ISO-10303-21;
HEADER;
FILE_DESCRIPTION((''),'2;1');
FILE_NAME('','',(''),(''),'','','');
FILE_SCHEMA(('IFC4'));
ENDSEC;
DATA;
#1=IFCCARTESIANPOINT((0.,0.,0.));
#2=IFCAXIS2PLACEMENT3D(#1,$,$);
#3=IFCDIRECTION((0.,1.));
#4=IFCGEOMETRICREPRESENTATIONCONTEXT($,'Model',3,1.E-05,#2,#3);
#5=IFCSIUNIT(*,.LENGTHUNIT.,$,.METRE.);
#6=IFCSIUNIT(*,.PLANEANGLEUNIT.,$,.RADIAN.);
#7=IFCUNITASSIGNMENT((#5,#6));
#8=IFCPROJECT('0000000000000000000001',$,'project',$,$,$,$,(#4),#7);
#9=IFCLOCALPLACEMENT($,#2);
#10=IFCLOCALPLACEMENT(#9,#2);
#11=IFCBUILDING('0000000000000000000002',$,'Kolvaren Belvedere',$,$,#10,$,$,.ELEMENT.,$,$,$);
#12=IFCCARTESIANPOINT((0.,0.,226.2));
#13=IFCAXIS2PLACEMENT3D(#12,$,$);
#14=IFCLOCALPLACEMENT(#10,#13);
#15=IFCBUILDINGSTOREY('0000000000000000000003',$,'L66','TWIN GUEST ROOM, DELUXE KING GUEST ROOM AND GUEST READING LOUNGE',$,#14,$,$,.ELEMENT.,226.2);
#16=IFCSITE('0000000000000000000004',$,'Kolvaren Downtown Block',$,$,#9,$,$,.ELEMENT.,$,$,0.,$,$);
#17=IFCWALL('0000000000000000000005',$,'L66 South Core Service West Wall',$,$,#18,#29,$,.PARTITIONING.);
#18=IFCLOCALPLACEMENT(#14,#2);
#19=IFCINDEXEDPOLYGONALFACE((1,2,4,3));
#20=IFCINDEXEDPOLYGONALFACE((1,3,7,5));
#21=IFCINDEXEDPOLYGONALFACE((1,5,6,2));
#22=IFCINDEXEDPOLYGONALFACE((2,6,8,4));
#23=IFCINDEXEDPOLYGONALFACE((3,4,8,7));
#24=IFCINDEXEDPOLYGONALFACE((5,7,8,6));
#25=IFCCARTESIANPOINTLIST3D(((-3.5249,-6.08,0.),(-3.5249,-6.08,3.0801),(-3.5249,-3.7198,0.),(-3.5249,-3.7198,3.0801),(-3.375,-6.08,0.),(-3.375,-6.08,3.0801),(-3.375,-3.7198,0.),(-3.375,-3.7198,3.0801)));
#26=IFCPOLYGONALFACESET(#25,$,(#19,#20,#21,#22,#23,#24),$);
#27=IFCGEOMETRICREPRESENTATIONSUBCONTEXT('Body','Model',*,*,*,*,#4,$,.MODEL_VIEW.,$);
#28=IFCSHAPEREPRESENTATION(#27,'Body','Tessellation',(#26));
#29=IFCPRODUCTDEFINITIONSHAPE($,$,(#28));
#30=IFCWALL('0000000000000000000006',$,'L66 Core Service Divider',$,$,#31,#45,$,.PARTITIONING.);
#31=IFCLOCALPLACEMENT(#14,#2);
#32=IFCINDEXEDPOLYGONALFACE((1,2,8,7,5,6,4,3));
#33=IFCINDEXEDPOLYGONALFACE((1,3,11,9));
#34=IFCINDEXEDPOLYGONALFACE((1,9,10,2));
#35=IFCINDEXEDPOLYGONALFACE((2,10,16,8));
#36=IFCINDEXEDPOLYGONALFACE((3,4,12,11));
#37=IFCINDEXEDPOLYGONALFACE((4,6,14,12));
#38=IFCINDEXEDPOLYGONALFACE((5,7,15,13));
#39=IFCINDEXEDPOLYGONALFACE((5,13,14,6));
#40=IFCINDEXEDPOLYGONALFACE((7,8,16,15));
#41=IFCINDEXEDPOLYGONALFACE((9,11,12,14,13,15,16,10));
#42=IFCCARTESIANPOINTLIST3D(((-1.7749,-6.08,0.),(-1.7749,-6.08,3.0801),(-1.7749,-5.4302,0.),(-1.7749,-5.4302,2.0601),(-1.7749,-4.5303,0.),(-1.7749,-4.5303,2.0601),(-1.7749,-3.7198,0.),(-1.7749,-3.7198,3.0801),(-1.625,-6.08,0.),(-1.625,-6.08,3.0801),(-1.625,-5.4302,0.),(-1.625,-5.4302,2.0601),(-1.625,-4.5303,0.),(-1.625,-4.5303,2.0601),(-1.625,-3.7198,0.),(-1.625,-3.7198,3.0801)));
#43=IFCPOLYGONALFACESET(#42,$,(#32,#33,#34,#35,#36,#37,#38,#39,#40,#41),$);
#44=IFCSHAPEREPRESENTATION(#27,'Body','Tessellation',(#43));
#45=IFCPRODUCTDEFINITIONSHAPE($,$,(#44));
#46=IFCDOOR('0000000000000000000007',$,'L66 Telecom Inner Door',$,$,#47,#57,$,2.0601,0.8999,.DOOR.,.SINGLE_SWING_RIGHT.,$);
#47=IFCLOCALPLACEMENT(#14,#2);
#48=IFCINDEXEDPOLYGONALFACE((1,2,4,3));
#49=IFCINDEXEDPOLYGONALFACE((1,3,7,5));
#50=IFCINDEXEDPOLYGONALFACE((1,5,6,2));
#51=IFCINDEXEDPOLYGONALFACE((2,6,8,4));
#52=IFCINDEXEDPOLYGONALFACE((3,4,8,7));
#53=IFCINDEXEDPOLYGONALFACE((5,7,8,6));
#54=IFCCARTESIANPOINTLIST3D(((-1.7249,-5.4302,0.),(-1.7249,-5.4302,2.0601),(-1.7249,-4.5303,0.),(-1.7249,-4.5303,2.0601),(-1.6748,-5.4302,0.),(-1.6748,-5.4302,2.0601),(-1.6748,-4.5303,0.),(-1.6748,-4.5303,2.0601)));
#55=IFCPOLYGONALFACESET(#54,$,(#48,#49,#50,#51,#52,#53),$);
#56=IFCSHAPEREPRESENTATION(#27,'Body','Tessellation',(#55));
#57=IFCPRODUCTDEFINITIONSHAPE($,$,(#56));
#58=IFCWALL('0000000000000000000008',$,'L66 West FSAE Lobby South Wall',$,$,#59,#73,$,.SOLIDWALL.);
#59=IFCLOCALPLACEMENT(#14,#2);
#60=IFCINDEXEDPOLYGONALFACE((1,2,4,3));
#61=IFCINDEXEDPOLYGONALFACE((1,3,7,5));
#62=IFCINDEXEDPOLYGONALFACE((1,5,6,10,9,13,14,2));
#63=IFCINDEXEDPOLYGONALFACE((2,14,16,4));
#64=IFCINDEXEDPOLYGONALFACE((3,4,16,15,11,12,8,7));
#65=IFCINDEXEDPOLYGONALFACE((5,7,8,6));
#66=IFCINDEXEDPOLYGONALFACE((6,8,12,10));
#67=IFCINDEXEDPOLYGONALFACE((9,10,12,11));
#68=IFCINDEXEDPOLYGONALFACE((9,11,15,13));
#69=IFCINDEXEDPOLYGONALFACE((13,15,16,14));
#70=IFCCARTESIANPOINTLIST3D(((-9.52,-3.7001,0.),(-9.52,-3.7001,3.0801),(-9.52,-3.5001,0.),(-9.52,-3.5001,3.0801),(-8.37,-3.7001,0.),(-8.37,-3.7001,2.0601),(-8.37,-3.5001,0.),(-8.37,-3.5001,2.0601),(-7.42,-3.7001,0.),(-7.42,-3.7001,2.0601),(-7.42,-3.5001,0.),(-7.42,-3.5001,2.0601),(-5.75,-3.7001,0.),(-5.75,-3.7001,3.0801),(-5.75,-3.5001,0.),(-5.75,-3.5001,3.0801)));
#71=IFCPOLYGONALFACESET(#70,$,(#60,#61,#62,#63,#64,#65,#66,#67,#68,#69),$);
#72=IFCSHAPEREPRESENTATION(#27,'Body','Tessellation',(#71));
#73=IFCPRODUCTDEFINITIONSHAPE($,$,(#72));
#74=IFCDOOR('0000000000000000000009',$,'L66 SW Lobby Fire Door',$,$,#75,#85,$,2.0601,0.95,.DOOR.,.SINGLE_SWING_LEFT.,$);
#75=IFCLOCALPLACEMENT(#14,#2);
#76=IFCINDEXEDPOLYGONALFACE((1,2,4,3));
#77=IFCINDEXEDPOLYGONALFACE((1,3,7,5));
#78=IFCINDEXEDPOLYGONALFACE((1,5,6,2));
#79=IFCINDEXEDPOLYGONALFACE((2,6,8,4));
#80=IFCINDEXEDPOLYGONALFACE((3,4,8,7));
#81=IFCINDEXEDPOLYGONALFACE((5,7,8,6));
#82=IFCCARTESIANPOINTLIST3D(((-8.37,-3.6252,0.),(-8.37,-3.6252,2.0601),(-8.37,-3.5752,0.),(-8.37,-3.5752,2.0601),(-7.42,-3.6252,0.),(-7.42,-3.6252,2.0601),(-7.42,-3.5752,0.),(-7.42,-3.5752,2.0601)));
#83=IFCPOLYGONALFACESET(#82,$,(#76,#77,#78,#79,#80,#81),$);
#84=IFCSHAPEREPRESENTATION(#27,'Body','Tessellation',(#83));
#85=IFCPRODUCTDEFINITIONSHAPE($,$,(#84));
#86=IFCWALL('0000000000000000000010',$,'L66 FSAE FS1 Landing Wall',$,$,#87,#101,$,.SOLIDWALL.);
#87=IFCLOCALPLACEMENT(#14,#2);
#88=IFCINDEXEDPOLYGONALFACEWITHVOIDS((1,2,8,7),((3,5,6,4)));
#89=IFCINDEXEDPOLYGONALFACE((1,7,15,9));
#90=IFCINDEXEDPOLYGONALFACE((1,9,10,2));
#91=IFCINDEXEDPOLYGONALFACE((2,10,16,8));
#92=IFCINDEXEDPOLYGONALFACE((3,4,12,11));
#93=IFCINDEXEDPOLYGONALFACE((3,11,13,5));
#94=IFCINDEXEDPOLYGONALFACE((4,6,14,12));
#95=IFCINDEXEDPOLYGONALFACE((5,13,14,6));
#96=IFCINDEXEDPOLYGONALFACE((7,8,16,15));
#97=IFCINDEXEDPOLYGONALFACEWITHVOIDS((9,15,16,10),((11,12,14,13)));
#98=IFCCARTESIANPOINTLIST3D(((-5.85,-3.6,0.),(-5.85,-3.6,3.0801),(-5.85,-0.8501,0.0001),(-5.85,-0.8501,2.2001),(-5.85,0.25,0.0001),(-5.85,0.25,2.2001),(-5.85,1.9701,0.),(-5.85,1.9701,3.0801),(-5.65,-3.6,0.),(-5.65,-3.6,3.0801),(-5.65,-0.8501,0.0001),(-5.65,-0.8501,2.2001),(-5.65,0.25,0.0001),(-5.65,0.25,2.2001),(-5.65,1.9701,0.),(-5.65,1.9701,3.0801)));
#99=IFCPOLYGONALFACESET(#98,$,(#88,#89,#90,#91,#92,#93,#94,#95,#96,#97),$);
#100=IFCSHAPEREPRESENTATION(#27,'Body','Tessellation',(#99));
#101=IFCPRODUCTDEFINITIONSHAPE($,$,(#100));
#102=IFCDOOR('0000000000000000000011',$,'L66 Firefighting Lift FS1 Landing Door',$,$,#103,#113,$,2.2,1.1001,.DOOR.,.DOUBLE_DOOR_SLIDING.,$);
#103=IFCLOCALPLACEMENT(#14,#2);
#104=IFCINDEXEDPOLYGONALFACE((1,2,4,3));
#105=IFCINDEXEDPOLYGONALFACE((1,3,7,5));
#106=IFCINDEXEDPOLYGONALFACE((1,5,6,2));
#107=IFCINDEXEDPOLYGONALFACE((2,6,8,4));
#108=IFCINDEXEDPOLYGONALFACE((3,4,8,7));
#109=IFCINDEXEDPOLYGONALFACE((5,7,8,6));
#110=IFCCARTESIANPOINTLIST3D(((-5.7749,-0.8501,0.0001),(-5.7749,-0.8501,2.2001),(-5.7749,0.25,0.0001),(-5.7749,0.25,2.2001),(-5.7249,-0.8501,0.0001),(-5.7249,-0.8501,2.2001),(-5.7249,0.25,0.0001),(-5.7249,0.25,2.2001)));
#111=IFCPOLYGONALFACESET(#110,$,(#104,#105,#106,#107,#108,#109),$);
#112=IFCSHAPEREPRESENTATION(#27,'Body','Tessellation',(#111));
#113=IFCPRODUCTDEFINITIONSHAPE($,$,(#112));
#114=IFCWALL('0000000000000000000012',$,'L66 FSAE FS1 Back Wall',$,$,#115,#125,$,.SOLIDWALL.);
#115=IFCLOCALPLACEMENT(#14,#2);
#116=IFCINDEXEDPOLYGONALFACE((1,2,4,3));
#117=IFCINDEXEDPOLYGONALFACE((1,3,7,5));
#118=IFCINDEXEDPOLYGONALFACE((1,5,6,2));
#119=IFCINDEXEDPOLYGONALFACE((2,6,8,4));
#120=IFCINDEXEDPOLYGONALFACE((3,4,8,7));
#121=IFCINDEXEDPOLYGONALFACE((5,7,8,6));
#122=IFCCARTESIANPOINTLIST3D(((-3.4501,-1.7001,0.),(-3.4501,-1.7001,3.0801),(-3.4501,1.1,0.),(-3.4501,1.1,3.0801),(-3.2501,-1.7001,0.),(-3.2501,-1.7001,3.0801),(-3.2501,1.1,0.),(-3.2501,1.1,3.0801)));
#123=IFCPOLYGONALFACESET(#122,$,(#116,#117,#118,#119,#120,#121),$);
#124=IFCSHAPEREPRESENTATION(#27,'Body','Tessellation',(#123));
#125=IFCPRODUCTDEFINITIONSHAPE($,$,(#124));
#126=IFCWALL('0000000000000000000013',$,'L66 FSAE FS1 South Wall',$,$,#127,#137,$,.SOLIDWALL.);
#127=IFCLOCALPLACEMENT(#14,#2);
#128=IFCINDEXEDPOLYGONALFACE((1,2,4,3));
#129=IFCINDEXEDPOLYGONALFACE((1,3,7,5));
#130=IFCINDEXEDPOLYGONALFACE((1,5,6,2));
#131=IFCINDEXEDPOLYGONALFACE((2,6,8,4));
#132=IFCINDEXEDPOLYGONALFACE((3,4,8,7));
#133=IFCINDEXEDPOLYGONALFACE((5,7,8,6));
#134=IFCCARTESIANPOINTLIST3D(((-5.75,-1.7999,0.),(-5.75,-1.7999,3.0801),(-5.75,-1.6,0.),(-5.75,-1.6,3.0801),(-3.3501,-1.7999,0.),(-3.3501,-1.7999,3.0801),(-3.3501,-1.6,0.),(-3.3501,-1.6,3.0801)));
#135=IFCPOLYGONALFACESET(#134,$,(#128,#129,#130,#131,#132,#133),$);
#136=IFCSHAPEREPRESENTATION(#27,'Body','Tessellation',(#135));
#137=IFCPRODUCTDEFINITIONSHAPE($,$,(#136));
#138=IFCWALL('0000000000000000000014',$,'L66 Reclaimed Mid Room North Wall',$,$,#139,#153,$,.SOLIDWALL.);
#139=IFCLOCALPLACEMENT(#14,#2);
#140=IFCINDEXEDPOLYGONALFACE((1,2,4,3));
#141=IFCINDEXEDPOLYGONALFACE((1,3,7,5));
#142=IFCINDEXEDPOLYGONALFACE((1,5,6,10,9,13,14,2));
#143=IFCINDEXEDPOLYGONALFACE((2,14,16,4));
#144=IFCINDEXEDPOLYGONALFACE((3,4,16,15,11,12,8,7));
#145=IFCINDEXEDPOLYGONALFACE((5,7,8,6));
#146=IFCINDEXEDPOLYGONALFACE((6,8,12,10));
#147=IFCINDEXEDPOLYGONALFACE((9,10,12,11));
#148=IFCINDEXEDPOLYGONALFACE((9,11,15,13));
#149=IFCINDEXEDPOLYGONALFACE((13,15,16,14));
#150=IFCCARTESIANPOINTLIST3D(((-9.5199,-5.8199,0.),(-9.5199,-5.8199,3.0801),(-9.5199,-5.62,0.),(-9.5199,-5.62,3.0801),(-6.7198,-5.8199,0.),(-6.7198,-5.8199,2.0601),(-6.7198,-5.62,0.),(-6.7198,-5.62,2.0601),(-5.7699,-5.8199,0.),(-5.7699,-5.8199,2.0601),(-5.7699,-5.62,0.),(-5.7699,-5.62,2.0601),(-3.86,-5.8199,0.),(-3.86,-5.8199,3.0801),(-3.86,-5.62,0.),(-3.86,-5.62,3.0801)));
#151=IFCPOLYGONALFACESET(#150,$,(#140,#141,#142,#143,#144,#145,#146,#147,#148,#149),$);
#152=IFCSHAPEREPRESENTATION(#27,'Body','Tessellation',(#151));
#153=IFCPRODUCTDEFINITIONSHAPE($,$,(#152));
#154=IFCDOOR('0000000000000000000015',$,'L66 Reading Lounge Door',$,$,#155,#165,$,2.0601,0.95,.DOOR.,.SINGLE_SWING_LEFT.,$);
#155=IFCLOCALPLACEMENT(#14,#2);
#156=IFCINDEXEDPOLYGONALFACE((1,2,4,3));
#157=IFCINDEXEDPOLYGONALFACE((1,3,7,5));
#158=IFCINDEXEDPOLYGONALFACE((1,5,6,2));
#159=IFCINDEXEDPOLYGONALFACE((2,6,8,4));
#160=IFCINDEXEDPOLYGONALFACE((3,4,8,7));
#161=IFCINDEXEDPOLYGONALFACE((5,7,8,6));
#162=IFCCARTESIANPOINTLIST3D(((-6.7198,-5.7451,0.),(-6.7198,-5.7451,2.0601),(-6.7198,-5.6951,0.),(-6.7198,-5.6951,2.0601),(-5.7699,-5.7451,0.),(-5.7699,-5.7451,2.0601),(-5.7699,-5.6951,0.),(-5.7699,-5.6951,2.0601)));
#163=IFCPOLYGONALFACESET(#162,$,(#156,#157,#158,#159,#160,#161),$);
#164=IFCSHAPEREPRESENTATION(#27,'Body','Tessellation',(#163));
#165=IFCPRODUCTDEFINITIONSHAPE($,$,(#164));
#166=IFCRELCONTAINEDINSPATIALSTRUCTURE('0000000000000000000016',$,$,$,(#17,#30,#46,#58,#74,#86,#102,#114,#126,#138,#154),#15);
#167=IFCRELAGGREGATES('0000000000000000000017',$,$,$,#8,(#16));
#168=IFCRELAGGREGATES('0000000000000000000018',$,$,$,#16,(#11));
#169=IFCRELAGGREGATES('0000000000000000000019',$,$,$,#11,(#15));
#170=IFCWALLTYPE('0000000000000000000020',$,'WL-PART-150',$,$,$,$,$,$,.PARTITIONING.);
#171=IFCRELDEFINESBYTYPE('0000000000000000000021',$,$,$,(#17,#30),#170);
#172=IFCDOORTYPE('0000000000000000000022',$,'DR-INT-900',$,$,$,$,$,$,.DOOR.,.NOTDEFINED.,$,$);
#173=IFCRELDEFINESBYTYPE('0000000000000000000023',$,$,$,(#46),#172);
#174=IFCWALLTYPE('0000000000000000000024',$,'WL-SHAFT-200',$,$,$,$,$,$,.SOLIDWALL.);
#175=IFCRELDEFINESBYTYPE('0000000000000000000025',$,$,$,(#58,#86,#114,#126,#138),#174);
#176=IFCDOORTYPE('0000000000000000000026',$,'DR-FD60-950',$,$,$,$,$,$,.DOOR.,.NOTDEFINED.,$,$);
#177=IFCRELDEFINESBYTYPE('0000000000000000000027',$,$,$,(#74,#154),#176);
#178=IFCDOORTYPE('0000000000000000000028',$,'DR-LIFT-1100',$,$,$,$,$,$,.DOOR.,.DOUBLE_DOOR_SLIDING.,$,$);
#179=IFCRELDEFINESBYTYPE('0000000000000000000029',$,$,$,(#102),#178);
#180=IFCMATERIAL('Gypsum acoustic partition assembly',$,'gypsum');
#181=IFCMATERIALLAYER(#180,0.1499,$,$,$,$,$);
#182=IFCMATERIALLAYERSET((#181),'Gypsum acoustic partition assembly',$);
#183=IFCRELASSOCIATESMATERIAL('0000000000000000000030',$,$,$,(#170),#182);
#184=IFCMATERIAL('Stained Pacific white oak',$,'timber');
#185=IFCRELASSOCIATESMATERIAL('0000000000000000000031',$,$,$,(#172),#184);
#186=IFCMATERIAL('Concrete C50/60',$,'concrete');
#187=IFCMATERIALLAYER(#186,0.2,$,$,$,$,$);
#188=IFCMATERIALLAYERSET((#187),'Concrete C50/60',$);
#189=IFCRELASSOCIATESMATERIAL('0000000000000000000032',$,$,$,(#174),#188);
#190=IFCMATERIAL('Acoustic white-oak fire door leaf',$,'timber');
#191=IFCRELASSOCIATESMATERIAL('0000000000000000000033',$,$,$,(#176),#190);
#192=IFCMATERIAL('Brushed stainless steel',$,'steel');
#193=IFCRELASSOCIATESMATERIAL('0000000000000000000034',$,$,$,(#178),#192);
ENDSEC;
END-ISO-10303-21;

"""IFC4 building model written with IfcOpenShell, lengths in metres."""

from ifc_helpers import new_model, si_unit, direction, frame, frame_2d, origin, place, context, subcontext, project, spatial, rectangle, extrude, material, layer, layer_set, type_object, element, fill, save


model = new_model("IFC4")

# Units and contexts
model_context = context("Model", 3, precision=1e-05, world=origin(), true_north=direction((0.0, 1.0)))
body_context = subcontext(model_context, "Body", "Model", "MODEL_VIEW")
ifc_project = project(units=[si_unit("LENGTHUNIT", "METRE"), si_unit("PLANEANGLEUNIT", "RADIAN")], contexts=[model_context])

# Site, building, storey
site_placement = place(None, origin())
site = spatial("IfcSite", under=ifc_project, at=site_placement, Name="Kolvaren Downtown Block", CompositionType="ELEMENT", RefElevation=0.0)
building_placement = place(site_placement, origin())
building = spatial("IfcBuilding", under=site, at=building_placement, Name="Kolvaren Belvedere", CompositionType="ELEMENT")
storey_placement = place(building_placement, frame((0.0, 0.0, 226.2)))
storey = spatial("IfcBuildingStorey", under=building, at=storey_placement, Name="L66", Description="TWIN GUEST ROOM, DELUXE KING GUEST ROOM AND GUEST READING LOUNGE", CompositionType="ELEMENT", Elevation=226.2)

# Shared definitions
ifc_material_1 = material(Name="Gypsum acoustic partition assembly", Category="gypsum")
ifc_layer_1 = layer(ifc_material_1, 0.1499)
ifc_layer_set_1 = layer_set([ifc_layer_1], Name="Gypsum acoustic partition assembly")
wall_type_1 = type_object("IfcWallType", Name="WL-PART-150", PredefinedType="PARTITIONING", material=ifc_layer_set_1)

# Wall
wall_1_placement = place(storey_placement, frame((-3.45, -6.0801, 0.0), z_axis=(0.0, 0.0, 1.0), x_axis=(0.0, 1.0, 0.0)))
element("IfcWall", 1, at=wall_1_placement, inside=storey, type_object=wall_type_1, Name="L66 South Core Service West Wall", PredefinedType="PARTITIONING", context=body_context, shape_type="SweptSolid", body=[
    extrude(rectangle(XDim=2.3601, YDim=0.1499, at=frame_2d((1.1802, 0.0))), origin(), (0.0, 0.0, 1.0), 3.0801),
])

# Walls, openings, doors
wall_2_placement = place(storey_placement, frame((-1.7, -6.0801, 0.0), z_axis=(0.0, 0.0, 1.0), x_axis=(0.0, 1.0, 0.0)))
wall_2 = element("IfcWall", 2, at=wall_2_placement, inside=storey, type_object=wall_type_1, Name="L66 Core Service Divider", PredefinedType="PARTITIONING", context=body_context, shape_type="SweptSolid", body=[
    extrude(rectangle(XDim=2.3601, YDim=0.1499, at=frame_2d((1.1802, 0.0))), origin(), (0.0, 0.0, 1.0), 3.0801),
])
opening_1_placement = place(wall_2_placement, frame((0.6499, 0.0, 0.0)))
opening_1 = element("IfcOpeningElement", 3, at=opening_1_placement, cuts=wall_2, PredefinedType="OPENING", context=body_context, shape_type="SweptSolid", body=[
    extrude(rectangle(XDim=0.8999, YDim=2.0601, at=frame_2d((0.45, 1.03))), frame((0.0, 0.085, 0.0), z_axis=(0.0, -1.0, 0.0), x_axis=(1.0, 0.0, 0.0)), (0.0, 0.0, 1.0), 0.1699),
])
ifc_material_2 = material(Name="Stained Pacific white oak", Category="timber")
door_type_1 = type_object("IfcDoorType", Name="DR-INT-900", OperationType="NOTDEFINED", PredefinedType="DOOR", material=ifc_material_2)
door_1_placement = place(opening_1_placement, origin())
door_1 = element("IfcDoor", 4, at=door_1_placement, inside=storey, type_object=door_type_1, Name="L66 Telecom Inner Door", OperationType="SINGLE_SWING_RIGHT", OverallHeight=2.0601, OverallWidth=0.8999, PredefinedType="DOOR", context=body_context, shape_type="SweptSolid", body=[
    extrude(rectangle(XDim=0.8999, YDim=2.0601, at=frame_2d((0.45, 1.03))), frame((0.0, 0.0249, 0.0), z_axis=(0.0, -1.0, 0.0), x_axis=(1.0, 0.0, 0.0)), (0.0, 0.0, 1.0), 0.05),
])
fill(opening_1, door_1)
ifc_material_3 = material(Name="Concrete C50/60", Category="concrete")
ifc_layer_2 = layer(ifc_material_3, 0.2)
ifc_layer_set_2 = layer_set([ifc_layer_2], Name="Concrete C50/60")
wall_type_2 = type_object("IfcWallType", Name="WL-SHAFT-200", PredefinedType="SOLIDWALL", material=ifc_layer_set_2)
wall_3_placement = place(storey_placement, frame((-9.52, -3.6001, 0.0), z_axis=(0.0, 0.0, 1.0), x_axis=(1.0, 0.0, 0.0)))
wall_3 = element("IfcWall", 5, at=wall_3_placement, inside=storey, type_object=wall_type_2, Name="L66 West FSAE Lobby South Wall", PredefinedType="SOLIDWALL", context=body_context, shape_type="SweptSolid", body=[
    extrude(rectangle(XDim=3.77, YDim=0.2, at=frame_2d((1.885, 0.0))), origin(), (0.0, 0.0, 1.0), 3.0801),
])
opening_2_placement = place(wall_3_placement, frame((1.1499, 0.0, 0.0)))
opening_2 = element("IfcOpeningElement", 6, at=opening_2_placement, cuts=wall_3, PredefinedType="OPENING", context=body_context, shape_type="SweptSolid", body=[
    extrude(rectangle(XDim=0.95, YDim=2.0601, at=frame_2d((0.4751, 1.03))), frame((0.0, 0.1099, 0.0), z_axis=(0.0, -1.0, 0.0), x_axis=(1.0, 0.0, 0.0)), (0.0, 0.0, 1.0), 0.22),
])
ifc_material_4 = material(Name="Acoustic white-oak fire door leaf", Category="timber")
door_type_2 = type_object("IfcDoorType", Name="DR-FD60-950", OperationType="NOTDEFINED", PredefinedType="DOOR", material=ifc_material_4)
door_2_placement = place(opening_2_placement, origin())
door_2 = element("IfcDoor", 7, at=door_2_placement, inside=storey, type_object=door_type_2, Name="L66 SW Lobby Fire Door", OperationType="SINGLE_SWING_LEFT", OverallHeight=2.0601, OverallWidth=0.95, PredefinedType="DOOR", context=body_context, shape_type="SweptSolid", body=[
    extrude(rectangle(XDim=0.95, YDim=2.0601, at=frame_2d((0.4751, 1.03))), frame((0.0, 0.0249, 0.0), z_axis=(0.0, -1.0, 0.0), x_axis=(1.0, 0.0, 0.0)), (0.0, 0.0, 1.0), 0.05),
])
fill(opening_2, door_2)
wall_4_placement = place(storey_placement, frame((-5.75, -3.6001, 0.0), z_axis=(0.0, 0.0, 1.0), x_axis=(0.0, 1.0, 0.0)))
wall_4 = element("IfcWall", 8, at=wall_4_placement, inside=storey, type_object=wall_type_2, Name="L66 FSAE FS1 Landing Wall", PredefinedType="SOLIDWALL", context=body_context, shape_type="SweptSolid", body=[
    extrude(rectangle(XDim=5.5701, YDim=0.2, at=frame_2d((2.7852, 0.0))), origin(), (0.0, 0.0, 1.0), 3.0801),
])
opening_3_placement = place(wall_4_placement, frame((2.75, 0.0, 0.0)))
opening_3 = element("IfcOpeningElement", 9, at=opening_3_placement, cuts=wall_4, PredefinedType="OPENING", context=body_context, shape_type="SweptSolid", body=[
    extrude(rectangle(XDim=1.1001, YDim=2.2, at=frame_2d((0.55, 1.1001))), frame((0.0, 0.1099, 0.0), z_axis=(0.0, -1.0, 0.0), x_axis=(1.0, 0.0, 0.0)), (0.0, 0.0, 1.0), 0.22),
])
ifc_material_5 = material(Name="Brushed stainless steel", Category="steel")
door_type_3 = type_object("IfcDoorType", Name="DR-LIFT-1100", OperationType="DOUBLE_DOOR_SLIDING", PredefinedType="DOOR", material=ifc_material_5)
door_3_placement = place(opening_3_placement, origin())
door_3 = element("IfcDoor", 10, at=door_3_placement, inside=storey, type_object=door_type_3, Name="L66 Firefighting Lift FS1 Landing Door", OperationType="DOUBLE_DOOR_SLIDING", OverallHeight=2.2, OverallWidth=1.1001, PredefinedType="DOOR", context=body_context, shape_type="SweptSolid", body=[
    extrude(rectangle(XDim=1.1001, YDim=2.2, at=frame_2d((0.55, 1.1001))), frame((0.0, 0.0249, 0.0), z_axis=(0.0, -1.0, 0.0), x_axis=(1.0, 0.0, 0.0)), (0.0, 0.0, 1.0), 0.05),
])
fill(opening_3, door_3)

# Walls
wall_5_placement = place(storey_placement, frame((-3.3501, -1.7, 0.0), z_axis=(0.0, 0.0, 1.0), x_axis=(0.0, 1.0, 0.0)))
element("IfcWall", 11, at=wall_5_placement, inside=storey, type_object=wall_type_2, Name="L66 FSAE FS1 Back Wall", PredefinedType="SOLIDWALL", context=body_context, shape_type="SweptSolid", body=[
    extrude(rectangle(XDim=2.8, YDim=0.2, at=frame_2d((1.3999, 0.0))), origin(), (0.0, 0.0, 1.0), 3.0801),
])
wall_6_placement = place(storey_placement, frame((-5.75, -1.7, 0.0), z_axis=(0.0, 0.0, 1.0), x_axis=(1.0, 0.0, 0.0)))
element("IfcWall", 12, at=wall_6_placement, inside=storey, type_object=wall_type_2, Name="L66 FSAE FS1 South Wall", PredefinedType="SOLIDWALL", context=body_context, shape_type="SweptSolid", body=[
    extrude(rectangle(XDim=2.3999, YDim=0.2, at=frame_2d((1.2, 0.0))), origin(), (0.0, 0.0, 1.0), 3.0801),
])

# Wall, opening, door
wall_7_placement = place(storey_placement, frame((-9.52, -5.72, 0.0), z_axis=(0.0, 0.0, 1.0), x_axis=(1.0, 0.0, 0.0)))
wall_7 = element("IfcWall", 13, at=wall_7_placement, inside=storey, type_object=wall_type_2, Name="L66 Reclaimed Mid Room North Wall", PredefinedType="SOLIDWALL", context=body_context, shape_type="SweptSolid", body=[
    extrude(rectangle(XDim=5.6599, YDim=0.2, at=frame_2d((2.8301, 0.0))), origin(), (0.0, 0.0, 1.0), 3.0801),
])
opening_4_placement = place(wall_7_placement, frame((2.8, 0.0, 0.0)))
opening_4 = element("IfcOpeningElement", 14, at=opening_4_placement, cuts=wall_7, PredefinedType="OPENING", context=body_context, shape_type="SweptSolid", body=[
    extrude(rectangle(XDim=0.95, YDim=2.0601, at=frame_2d((0.4751, 1.03))), frame((0.0, 0.1099, 0.0), z_axis=(0.0, -1.0, 0.0), x_axis=(1.0, 0.0, 0.0)), (0.0, 0.0, 1.0), 0.22),
])
door_4_placement = place(opening_4_placement, origin())
door_4 = element("IfcDoor", 15, at=door_4_placement, inside=storey, type_object=door_type_2, Name="L66 Reading Lounge Door", OperationType="SINGLE_SWING_LEFT", OverallHeight=2.0601, OverallWidth=0.95, PredefinedType="DOOR", context=body_context, shape_type="SweptSolid", body=[
    extrude(rectangle(XDim=0.95, YDim=2.0601, at=frame_2d((0.4751, 1.03))), frame((0.0, 0.0249, 0.0), z_axis=(0.0, -1.0, 0.0), x_axis=(1.0, 0.0, 0.0)), (0.0, 0.0, 1.0), 0.05),
])
fill(opening_4, door_4)

save(model, "model.ifc")
